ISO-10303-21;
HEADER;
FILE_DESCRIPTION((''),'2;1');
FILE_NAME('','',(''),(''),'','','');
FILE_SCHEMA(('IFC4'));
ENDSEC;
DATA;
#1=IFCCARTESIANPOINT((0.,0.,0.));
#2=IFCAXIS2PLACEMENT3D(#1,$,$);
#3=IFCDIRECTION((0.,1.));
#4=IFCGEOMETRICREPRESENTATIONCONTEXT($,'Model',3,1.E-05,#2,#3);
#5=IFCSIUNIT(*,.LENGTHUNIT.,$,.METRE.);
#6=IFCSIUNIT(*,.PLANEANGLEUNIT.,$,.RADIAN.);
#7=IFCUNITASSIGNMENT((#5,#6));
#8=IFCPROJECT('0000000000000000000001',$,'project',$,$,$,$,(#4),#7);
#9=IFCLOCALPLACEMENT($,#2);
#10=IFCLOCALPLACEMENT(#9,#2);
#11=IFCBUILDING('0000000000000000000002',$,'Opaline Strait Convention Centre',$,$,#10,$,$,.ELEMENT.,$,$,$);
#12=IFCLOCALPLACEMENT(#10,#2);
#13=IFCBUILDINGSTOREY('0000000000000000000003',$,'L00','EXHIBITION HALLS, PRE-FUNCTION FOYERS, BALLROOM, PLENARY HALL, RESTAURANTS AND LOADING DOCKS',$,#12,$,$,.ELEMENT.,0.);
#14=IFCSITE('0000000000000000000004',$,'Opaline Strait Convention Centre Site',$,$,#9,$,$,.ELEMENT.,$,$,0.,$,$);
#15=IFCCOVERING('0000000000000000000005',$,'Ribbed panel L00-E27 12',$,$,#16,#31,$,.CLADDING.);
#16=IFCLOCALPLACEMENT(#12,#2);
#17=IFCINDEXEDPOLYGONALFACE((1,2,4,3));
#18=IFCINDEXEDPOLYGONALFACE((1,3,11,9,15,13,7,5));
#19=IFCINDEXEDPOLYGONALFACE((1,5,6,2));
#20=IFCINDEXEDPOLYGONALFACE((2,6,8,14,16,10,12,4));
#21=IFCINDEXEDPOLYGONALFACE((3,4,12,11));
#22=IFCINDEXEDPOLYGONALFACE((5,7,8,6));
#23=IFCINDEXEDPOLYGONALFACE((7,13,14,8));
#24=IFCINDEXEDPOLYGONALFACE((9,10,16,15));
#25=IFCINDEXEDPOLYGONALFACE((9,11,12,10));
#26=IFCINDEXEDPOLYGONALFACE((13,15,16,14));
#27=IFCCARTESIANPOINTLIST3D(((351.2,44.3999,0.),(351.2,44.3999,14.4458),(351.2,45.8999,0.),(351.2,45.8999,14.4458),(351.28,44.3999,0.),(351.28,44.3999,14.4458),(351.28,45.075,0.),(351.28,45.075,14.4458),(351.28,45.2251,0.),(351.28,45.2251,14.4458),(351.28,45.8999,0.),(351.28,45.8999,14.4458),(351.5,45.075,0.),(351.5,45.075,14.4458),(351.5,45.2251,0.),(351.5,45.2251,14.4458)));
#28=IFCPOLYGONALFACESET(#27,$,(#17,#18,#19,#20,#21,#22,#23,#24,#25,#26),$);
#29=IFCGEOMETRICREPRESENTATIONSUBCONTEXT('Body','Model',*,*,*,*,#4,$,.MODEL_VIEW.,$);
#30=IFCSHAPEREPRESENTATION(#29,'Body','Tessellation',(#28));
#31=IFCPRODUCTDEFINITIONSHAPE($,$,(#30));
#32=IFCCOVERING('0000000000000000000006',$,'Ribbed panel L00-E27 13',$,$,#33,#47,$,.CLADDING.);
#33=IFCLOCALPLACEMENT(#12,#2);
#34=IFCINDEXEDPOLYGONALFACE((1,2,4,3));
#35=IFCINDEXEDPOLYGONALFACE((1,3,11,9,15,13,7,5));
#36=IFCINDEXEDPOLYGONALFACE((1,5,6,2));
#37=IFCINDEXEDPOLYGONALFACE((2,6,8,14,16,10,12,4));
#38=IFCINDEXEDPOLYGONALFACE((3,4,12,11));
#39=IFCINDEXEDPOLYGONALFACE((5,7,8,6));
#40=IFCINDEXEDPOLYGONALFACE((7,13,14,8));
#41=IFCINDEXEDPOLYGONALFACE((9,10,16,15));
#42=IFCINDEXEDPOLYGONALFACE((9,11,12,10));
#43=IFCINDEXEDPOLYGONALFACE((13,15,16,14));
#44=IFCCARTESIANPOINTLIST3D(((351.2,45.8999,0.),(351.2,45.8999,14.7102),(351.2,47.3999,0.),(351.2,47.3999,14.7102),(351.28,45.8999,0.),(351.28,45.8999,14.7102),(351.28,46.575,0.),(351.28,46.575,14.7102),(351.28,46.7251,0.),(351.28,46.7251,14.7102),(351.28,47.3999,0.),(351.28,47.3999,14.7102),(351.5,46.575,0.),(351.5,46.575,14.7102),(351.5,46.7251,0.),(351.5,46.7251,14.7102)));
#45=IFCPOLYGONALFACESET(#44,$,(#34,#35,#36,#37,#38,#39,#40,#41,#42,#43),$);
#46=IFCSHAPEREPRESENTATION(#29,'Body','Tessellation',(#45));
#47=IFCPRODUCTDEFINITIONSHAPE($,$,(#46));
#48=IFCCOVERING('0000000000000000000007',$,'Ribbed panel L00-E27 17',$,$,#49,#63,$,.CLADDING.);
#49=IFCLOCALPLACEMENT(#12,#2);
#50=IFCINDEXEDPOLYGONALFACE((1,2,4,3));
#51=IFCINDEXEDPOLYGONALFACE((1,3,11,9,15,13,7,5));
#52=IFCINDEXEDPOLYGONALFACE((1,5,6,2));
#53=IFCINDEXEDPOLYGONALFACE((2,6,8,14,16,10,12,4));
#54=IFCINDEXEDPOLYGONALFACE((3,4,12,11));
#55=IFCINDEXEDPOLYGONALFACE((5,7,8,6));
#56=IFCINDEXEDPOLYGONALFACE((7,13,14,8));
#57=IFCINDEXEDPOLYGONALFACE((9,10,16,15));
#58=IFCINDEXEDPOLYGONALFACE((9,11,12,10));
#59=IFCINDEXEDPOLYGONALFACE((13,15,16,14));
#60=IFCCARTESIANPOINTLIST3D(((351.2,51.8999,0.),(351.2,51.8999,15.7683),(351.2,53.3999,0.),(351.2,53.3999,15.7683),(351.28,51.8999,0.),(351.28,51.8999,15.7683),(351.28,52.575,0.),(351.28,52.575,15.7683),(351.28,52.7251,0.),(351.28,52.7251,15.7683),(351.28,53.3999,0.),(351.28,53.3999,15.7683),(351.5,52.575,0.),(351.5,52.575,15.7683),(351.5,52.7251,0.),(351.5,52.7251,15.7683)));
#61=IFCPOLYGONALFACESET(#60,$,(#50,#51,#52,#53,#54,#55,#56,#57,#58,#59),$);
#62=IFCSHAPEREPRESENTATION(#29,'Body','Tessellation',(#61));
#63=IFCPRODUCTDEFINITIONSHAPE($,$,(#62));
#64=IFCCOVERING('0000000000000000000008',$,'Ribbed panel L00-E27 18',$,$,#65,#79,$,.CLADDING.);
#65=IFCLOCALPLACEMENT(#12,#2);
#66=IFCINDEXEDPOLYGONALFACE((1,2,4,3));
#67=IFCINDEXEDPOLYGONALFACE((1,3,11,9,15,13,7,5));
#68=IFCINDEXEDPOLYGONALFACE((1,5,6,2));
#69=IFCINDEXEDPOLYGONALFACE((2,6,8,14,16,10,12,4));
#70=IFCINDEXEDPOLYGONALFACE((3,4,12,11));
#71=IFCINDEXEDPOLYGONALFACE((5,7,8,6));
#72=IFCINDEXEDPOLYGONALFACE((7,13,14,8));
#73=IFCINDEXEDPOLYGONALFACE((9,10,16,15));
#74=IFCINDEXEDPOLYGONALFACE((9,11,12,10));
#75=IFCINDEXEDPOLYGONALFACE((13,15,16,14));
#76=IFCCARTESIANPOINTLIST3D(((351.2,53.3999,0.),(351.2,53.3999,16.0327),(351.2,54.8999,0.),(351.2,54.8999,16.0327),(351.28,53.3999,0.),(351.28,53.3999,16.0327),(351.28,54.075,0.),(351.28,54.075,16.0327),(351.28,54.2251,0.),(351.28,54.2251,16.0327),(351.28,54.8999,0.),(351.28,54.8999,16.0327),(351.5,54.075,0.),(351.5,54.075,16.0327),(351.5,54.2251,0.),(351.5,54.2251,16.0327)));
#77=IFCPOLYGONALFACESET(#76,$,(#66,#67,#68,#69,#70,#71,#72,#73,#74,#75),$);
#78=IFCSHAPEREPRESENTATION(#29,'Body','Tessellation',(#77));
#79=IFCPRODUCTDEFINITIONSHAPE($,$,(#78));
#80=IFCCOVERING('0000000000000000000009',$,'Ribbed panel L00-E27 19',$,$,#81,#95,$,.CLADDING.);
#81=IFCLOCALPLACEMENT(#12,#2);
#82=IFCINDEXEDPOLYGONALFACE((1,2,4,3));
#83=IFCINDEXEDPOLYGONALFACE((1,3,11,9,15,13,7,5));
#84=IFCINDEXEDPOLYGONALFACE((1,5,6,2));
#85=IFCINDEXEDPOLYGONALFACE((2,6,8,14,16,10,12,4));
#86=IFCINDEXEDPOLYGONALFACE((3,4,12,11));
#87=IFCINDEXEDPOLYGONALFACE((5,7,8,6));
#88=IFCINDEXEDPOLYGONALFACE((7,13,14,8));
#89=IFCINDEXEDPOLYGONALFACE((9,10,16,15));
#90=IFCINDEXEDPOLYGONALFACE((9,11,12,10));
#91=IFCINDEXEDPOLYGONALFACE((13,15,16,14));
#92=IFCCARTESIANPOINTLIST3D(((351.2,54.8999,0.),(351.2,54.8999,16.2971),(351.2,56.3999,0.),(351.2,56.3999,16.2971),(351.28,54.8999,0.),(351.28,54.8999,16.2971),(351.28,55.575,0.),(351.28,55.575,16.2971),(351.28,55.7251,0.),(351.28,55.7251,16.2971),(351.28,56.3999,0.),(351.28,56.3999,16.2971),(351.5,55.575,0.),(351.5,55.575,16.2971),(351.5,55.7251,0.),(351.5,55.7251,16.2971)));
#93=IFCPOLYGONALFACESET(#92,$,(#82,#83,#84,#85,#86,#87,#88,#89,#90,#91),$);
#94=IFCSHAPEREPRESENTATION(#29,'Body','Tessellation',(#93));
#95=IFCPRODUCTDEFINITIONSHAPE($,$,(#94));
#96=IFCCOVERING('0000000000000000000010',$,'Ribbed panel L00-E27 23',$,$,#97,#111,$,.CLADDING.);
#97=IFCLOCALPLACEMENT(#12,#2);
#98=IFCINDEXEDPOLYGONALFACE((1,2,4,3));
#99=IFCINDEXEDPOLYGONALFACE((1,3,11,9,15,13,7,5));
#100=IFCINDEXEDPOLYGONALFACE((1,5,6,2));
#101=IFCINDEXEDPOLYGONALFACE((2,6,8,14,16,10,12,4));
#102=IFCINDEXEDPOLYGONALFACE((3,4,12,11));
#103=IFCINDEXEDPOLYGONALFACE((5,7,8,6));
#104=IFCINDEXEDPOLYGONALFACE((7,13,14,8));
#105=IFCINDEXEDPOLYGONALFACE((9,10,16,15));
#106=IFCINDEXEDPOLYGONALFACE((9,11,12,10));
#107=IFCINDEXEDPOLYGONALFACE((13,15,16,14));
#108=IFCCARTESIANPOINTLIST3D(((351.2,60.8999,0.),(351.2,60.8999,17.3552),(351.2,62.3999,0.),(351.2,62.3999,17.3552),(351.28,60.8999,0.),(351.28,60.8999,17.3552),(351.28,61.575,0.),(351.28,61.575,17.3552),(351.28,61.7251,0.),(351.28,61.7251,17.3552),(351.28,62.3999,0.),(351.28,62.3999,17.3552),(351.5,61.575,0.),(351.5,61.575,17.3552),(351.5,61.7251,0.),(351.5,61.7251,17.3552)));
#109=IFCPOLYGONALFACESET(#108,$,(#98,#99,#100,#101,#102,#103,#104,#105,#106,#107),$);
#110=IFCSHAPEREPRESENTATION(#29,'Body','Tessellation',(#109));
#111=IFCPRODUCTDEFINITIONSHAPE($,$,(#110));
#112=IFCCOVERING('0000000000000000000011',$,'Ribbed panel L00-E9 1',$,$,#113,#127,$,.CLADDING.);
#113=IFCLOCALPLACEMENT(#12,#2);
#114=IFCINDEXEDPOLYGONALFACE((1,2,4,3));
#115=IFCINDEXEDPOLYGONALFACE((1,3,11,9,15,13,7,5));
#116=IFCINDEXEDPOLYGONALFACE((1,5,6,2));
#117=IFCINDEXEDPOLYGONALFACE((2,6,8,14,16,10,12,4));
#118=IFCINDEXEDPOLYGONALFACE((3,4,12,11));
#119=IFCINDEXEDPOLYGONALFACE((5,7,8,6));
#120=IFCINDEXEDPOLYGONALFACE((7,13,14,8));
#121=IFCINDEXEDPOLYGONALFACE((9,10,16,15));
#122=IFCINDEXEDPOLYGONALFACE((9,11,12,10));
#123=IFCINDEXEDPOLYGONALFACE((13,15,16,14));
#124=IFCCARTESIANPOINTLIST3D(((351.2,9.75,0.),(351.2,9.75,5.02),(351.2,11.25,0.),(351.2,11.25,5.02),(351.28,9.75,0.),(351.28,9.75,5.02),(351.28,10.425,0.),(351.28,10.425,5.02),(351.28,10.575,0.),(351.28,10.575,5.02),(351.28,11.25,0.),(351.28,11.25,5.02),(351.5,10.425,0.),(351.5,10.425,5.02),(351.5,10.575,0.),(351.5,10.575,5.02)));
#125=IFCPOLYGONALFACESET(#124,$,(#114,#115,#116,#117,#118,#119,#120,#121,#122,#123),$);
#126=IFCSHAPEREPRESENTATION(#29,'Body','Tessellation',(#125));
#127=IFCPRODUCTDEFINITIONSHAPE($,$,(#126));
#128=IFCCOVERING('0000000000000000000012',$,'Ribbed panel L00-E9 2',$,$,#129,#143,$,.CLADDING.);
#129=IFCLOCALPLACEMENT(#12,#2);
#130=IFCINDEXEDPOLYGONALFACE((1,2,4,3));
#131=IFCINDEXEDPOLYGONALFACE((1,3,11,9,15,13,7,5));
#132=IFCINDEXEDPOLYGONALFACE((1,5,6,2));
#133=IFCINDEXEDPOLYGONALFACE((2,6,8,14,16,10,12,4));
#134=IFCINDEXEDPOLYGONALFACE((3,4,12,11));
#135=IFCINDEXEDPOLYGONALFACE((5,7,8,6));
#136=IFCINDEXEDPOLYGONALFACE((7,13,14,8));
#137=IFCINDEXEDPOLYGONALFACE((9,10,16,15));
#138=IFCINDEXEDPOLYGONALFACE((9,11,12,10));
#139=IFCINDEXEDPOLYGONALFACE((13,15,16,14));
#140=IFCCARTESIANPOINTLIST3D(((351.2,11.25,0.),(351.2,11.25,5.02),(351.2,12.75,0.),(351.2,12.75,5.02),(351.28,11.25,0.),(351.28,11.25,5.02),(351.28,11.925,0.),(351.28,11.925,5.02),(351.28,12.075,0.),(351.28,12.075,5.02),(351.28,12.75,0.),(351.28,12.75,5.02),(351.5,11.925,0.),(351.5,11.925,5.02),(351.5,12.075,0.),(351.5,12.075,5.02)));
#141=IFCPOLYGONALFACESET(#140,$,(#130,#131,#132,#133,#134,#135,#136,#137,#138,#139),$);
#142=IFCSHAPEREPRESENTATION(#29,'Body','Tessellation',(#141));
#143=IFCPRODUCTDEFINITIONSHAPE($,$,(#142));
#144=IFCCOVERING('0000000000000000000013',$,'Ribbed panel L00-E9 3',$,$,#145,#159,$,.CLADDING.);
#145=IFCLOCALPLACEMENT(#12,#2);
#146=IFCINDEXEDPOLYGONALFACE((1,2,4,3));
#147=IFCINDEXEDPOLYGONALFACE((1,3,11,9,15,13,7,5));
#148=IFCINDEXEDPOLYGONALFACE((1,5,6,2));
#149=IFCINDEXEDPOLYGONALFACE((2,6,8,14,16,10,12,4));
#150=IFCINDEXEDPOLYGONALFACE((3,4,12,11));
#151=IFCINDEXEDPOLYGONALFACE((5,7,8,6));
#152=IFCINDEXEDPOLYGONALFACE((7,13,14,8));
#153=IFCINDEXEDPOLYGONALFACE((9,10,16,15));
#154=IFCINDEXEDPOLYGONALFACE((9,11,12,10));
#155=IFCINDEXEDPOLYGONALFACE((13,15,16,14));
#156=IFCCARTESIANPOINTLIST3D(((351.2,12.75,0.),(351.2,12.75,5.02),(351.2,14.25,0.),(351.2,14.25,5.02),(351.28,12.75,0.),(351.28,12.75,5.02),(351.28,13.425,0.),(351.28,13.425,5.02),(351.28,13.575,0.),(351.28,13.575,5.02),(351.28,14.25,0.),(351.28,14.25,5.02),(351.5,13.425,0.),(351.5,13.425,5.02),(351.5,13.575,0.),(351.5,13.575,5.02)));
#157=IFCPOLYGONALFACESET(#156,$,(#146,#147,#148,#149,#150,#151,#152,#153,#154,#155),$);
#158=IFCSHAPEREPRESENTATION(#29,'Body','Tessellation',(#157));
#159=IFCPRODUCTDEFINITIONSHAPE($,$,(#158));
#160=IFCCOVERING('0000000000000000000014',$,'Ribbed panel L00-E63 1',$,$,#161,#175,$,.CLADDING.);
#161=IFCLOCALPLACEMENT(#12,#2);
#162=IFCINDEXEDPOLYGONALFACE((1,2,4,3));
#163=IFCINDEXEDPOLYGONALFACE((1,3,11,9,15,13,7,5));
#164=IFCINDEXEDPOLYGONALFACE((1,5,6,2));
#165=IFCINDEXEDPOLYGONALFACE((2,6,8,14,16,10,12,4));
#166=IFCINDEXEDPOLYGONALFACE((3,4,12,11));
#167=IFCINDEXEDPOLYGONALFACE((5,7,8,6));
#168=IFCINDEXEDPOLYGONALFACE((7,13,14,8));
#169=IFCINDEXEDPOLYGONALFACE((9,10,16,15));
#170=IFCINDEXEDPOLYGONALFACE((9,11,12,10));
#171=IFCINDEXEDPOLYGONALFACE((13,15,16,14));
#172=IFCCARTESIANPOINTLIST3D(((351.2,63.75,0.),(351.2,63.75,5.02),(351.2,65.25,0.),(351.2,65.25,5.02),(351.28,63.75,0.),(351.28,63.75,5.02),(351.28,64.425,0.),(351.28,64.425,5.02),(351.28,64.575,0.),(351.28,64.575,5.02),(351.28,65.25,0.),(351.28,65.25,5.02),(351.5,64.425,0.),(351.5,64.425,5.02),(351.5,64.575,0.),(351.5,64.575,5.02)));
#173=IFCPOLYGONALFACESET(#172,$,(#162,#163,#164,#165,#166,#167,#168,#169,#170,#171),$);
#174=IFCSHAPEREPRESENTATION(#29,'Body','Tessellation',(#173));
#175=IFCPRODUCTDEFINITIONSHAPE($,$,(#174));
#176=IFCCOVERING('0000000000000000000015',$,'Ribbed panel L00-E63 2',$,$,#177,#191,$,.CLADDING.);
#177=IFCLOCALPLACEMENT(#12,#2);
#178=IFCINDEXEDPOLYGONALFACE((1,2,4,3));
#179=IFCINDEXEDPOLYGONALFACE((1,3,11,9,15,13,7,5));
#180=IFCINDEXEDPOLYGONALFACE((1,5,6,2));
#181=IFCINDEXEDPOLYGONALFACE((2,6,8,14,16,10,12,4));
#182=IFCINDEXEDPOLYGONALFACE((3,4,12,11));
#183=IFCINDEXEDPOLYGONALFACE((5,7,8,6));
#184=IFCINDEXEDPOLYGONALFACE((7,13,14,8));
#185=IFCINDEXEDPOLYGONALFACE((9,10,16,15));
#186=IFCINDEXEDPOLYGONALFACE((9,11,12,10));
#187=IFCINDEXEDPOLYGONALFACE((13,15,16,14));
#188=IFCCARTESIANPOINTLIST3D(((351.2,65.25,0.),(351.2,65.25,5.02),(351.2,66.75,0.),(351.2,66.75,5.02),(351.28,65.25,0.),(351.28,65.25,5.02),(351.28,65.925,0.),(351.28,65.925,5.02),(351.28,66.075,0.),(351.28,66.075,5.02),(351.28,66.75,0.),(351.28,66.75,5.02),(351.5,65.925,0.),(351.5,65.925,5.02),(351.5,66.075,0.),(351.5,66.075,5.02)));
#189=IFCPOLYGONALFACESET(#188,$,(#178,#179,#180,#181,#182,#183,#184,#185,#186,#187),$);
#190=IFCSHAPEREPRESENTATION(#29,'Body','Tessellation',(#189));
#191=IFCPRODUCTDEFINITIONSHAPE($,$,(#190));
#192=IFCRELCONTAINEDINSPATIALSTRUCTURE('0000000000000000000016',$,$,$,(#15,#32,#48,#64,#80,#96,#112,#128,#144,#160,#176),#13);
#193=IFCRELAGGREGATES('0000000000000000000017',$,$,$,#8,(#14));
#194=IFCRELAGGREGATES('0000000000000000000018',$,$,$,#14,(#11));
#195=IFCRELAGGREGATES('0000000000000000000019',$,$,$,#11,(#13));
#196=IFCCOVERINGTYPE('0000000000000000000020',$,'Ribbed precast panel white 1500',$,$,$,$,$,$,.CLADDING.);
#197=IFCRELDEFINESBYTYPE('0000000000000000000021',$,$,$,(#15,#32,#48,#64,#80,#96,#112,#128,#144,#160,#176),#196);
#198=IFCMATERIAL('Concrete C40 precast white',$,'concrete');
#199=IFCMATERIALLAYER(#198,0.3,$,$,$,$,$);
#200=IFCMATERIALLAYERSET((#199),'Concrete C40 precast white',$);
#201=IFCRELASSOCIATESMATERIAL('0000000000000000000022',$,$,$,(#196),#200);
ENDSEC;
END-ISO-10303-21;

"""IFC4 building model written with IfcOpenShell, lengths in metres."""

from ifc_helpers import new_model, si_unit, direction, origin, place, context, subcontext, project, spatial, polyline, outline, extrude, material, layer, layer_set, type_object, element, save


model = new_model("IFC4")

# Units and contexts
model_context = context("Model", 3, precision=1e-05, world=origin(), true_north=direction((0.0, 1.0)))
body_context = subcontext(model_context, "Body", "Model", "MODEL_VIEW")
ifc_project = project(units=[si_unit("LENGTHUNIT", "METRE"), si_unit("PLANEANGLEUNIT", "RADIAN")], contexts=[model_context])

# Site, building, storey
site_placement = place(None, origin())
site = spatial("IfcSite", under=ifc_project, at=site_placement, Name="Opaline Strait Convention Centre Site", CompositionType="ELEMENT", RefElevation=0.0)
building_placement = place(site_placement, origin())
building = spatial("IfcBuilding", under=site, at=building_placement, Name="Opaline Strait Convention Centre", CompositionType="ELEMENT")
storey_placement = place(building_placement, origin())
storey = spatial("IfcBuildingStorey", under=building, at=storey_placement, Name="L00", Description="EXHIBITION HALLS, PRE-FUNCTION FOYERS, BALLROOM, PLENARY HALL, RESTAURANTS AND LOADING DOCKS", CompositionType="ELEMENT", Elevation=0.0)

# Coverings
ifc_material = material(Name="Concrete C40 precast white", Category="concrete")
ifc_layer = layer(ifc_material, 0.3)
ifc_layer_set = layer_set([ifc_layer], Name="Concrete C40 precast white")
covering_type = type_object("IfcCoveringType", Name="Ribbed precast panel white 1500", PredefinedType="CLADDING", material=ifc_layer_set)
covering_1_placement = place(storey_placement, origin())
element("IfcCovering", 1, at=covering_1_placement, inside=storey, type_object=covering_type, Name="Ribbed panel L00-E27 12", PredefinedType="CLADDING", context=body_context, shape_type="SweptSolid", body=[
    extrude(outline(polyline([(351.2, 44.3999), (351.2, 45.8999), (351.28, 45.8999), (351.28, 45.2251), (351.5, 45.2251), (351.5, 45.075), (351.28, 45.075), (351.28, 44.3999), (351.2, 44.3999)])), origin(), (0.0, 0.0, 1.0), 14.4458),
])
covering_2_placement = place(storey_placement, origin())
element("IfcCovering", 2, at=covering_2_placement, inside=storey, type_object=covering_type, Name="Ribbed panel L00-E27 13", PredefinedType="CLADDING", context=body_context, shape_type="SweptSolid", body=[
    extrude(outline(polyline([(351.2, 45.8999), (351.2, 47.3999), (351.28, 47.3999), (351.28, 46.7251), (351.5, 46.7251), (351.5, 46.575), (351.28, 46.575), (351.28, 45.8999), (351.2, 45.8999)])), origin(), (0.0, 0.0, 1.0), 14.7102),
])
covering_3_placement = place(storey_placement, origin())
element("IfcCovering", 3, at=covering_3_placement, inside=storey, type_object=covering_type, Name="Ribbed panel L00-E27 17", PredefinedType="CLADDING", context=body_context, shape_type="SweptSolid", body=[
    extrude(outline(polyline([(351.2, 51.8999), (351.2, 53.3999), (351.28, 53.3999), (351.28, 52.7251), (351.5, 52.7251), (351.5, 52.575), (351.28, 52.575), (351.28, 51.8999), (351.2, 51.8999)])), origin(), (0.0, 0.0, 1.0), 15.7683),
])
covering_4_placement = place(storey_placement, origin())
element("IfcCovering", 4, at=covering_4_placement, inside=storey, type_object=covering_type, Name="Ribbed panel L00-E27 18", PredefinedType="CLADDING", context=body_context, shape_type="SweptSolid", body=[
    extrude(outline(polyline([(351.2, 53.3999), (351.2, 54.8999), (351.28, 54.8999), (351.28, 54.2251), (351.5, 54.2251), (351.5, 54.075), (351.28, 54.075), (351.28, 53.3999), (351.2, 53.3999)])), origin(), (0.0, 0.0, 1.0), 16.0327),
])
covering_5_placement = place(storey_placement, origin())
element("IfcCovering", 5, at=covering_5_placement, inside=storey, type_object=covering_type, Name="Ribbed panel L00-E27 19", PredefinedType="CLADDING", context=body_context, shape_type="SweptSolid", body=[
    extrude(outline(polyline([(351.2, 54.8999), (351.2, 56.3999), (351.28, 56.3999), (351.28, 55.7251), (351.5, 55.7251), (351.5, 55.575), (351.28, 55.575), (351.28, 54.8999), (351.2, 54.8999)])), origin(), (0.0, 0.0, 1.0), 16.2971),
])
covering_6_placement = place(storey_placement, origin())
element("IfcCovering", 6, at=covering_6_placement, inside=storey, type_object=covering_type, Name="Ribbed panel L00-E27 23", PredefinedType="CLADDING", context=body_context, shape_type="SweptSolid", body=[
    extrude(outline(polyline([(351.2, 60.8999), (351.2, 62.3999), (351.28, 62.3999), (351.28, 61.7251), (351.5, 61.7251), (351.5, 61.575), (351.28, 61.575), (351.28, 60.8999), (351.2, 60.8999)])), origin(), (0.0, 0.0, 1.0), 17.3552),
])
covering_7_placement = place(storey_placement, origin())
element("IfcCovering", 7, at=covering_7_placement, inside=storey, type_object=covering_type, Name="Ribbed panel L00-E9 1", PredefinedType="CLADDING", context=body_context, shape_type="SweptSolid", body=[
    extrude(outline(polyline([(351.2, 9.75), (351.2, 11.25), (351.28, 11.25), (351.28, 10.575), (351.5, 10.575), (351.5, 10.425), (351.28, 10.425), (351.28, 9.75), (351.2, 9.75)])), origin(), (0.0, 0.0, 1.0), 5.02),
])
covering_8_placement = place(storey_placement, origin())
element("IfcCovering", 8, at=covering_8_placement, inside=storey, type_object=covering_type, Name="Ribbed panel L00-E9 2", PredefinedType="CLADDING", context=body_context, shape_type="SweptSolid", body=[
    extrude(outline(polyline([(351.2, 11.25), (351.2, 12.75), (351.28, 12.75), (351.28, 12.075), (351.5, 12.075), (351.5, 11.925), (351.28, 11.925), (351.28, 11.25), (351.2, 11.25)])), origin(), (0.0, 0.0, 1.0), 5.02),
])
covering_9_placement = place(storey_placement, origin())
element("IfcCovering", 9, at=covering_9_placement, inside=storey, type_object=covering_type, Name="Ribbed panel L00-E9 3", PredefinedType="CLADDING", context=body_context, shape_type="SweptSolid", body=[
    extrude(outline(polyline([(351.2, 12.75), (351.2, 14.25), (351.28, 14.25), (351.28, 13.575), (351.5, 13.575), (351.5, 13.425), (351.28, 13.425), (351.28, 12.75), (351.2, 12.75)])), origin(), (0.0, 0.0, 1.0), 5.02),
])
covering_10_placement = place(storey_placement, origin())
element("IfcCovering", 10, at=covering_10_placement, inside=storey, type_object=covering_type, Name="Ribbed panel L00-E63 1", PredefinedType="CLADDING", context=body_context, shape_type="SweptSolid", body=[
    extrude(outline(polyline([(351.2, 63.75), (351.2, 65.25), (351.28, 65.25), (351.28, 64.575), (351.5, 64.575), (351.5, 64.425), (351.28, 64.425), (351.28, 63.75), (351.2, 63.75)])), origin(), (0.0, 0.0, 1.0), 5.02),
])
covering_11_placement = place(storey_placement, origin())
element("IfcCovering", 11, at=covering_11_placement, inside=storey, type_object=covering_type, Name="Ribbed panel L00-E63 2", PredefinedType="CLADDING", context=body_context, shape_type="SweptSolid", body=[
    extrude(outline(polyline([(351.2, 65.25), (351.2, 66.75), (351.28, 66.75), (351.28, 66.075), (351.5, 66.075), (351.5, 65.925), (351.28, 65.925), (351.28, 65.25), (351.2, 65.25)])), origin(), (0.0, 0.0, 1.0), 5.02),
])

save(model, "model.ifc")
